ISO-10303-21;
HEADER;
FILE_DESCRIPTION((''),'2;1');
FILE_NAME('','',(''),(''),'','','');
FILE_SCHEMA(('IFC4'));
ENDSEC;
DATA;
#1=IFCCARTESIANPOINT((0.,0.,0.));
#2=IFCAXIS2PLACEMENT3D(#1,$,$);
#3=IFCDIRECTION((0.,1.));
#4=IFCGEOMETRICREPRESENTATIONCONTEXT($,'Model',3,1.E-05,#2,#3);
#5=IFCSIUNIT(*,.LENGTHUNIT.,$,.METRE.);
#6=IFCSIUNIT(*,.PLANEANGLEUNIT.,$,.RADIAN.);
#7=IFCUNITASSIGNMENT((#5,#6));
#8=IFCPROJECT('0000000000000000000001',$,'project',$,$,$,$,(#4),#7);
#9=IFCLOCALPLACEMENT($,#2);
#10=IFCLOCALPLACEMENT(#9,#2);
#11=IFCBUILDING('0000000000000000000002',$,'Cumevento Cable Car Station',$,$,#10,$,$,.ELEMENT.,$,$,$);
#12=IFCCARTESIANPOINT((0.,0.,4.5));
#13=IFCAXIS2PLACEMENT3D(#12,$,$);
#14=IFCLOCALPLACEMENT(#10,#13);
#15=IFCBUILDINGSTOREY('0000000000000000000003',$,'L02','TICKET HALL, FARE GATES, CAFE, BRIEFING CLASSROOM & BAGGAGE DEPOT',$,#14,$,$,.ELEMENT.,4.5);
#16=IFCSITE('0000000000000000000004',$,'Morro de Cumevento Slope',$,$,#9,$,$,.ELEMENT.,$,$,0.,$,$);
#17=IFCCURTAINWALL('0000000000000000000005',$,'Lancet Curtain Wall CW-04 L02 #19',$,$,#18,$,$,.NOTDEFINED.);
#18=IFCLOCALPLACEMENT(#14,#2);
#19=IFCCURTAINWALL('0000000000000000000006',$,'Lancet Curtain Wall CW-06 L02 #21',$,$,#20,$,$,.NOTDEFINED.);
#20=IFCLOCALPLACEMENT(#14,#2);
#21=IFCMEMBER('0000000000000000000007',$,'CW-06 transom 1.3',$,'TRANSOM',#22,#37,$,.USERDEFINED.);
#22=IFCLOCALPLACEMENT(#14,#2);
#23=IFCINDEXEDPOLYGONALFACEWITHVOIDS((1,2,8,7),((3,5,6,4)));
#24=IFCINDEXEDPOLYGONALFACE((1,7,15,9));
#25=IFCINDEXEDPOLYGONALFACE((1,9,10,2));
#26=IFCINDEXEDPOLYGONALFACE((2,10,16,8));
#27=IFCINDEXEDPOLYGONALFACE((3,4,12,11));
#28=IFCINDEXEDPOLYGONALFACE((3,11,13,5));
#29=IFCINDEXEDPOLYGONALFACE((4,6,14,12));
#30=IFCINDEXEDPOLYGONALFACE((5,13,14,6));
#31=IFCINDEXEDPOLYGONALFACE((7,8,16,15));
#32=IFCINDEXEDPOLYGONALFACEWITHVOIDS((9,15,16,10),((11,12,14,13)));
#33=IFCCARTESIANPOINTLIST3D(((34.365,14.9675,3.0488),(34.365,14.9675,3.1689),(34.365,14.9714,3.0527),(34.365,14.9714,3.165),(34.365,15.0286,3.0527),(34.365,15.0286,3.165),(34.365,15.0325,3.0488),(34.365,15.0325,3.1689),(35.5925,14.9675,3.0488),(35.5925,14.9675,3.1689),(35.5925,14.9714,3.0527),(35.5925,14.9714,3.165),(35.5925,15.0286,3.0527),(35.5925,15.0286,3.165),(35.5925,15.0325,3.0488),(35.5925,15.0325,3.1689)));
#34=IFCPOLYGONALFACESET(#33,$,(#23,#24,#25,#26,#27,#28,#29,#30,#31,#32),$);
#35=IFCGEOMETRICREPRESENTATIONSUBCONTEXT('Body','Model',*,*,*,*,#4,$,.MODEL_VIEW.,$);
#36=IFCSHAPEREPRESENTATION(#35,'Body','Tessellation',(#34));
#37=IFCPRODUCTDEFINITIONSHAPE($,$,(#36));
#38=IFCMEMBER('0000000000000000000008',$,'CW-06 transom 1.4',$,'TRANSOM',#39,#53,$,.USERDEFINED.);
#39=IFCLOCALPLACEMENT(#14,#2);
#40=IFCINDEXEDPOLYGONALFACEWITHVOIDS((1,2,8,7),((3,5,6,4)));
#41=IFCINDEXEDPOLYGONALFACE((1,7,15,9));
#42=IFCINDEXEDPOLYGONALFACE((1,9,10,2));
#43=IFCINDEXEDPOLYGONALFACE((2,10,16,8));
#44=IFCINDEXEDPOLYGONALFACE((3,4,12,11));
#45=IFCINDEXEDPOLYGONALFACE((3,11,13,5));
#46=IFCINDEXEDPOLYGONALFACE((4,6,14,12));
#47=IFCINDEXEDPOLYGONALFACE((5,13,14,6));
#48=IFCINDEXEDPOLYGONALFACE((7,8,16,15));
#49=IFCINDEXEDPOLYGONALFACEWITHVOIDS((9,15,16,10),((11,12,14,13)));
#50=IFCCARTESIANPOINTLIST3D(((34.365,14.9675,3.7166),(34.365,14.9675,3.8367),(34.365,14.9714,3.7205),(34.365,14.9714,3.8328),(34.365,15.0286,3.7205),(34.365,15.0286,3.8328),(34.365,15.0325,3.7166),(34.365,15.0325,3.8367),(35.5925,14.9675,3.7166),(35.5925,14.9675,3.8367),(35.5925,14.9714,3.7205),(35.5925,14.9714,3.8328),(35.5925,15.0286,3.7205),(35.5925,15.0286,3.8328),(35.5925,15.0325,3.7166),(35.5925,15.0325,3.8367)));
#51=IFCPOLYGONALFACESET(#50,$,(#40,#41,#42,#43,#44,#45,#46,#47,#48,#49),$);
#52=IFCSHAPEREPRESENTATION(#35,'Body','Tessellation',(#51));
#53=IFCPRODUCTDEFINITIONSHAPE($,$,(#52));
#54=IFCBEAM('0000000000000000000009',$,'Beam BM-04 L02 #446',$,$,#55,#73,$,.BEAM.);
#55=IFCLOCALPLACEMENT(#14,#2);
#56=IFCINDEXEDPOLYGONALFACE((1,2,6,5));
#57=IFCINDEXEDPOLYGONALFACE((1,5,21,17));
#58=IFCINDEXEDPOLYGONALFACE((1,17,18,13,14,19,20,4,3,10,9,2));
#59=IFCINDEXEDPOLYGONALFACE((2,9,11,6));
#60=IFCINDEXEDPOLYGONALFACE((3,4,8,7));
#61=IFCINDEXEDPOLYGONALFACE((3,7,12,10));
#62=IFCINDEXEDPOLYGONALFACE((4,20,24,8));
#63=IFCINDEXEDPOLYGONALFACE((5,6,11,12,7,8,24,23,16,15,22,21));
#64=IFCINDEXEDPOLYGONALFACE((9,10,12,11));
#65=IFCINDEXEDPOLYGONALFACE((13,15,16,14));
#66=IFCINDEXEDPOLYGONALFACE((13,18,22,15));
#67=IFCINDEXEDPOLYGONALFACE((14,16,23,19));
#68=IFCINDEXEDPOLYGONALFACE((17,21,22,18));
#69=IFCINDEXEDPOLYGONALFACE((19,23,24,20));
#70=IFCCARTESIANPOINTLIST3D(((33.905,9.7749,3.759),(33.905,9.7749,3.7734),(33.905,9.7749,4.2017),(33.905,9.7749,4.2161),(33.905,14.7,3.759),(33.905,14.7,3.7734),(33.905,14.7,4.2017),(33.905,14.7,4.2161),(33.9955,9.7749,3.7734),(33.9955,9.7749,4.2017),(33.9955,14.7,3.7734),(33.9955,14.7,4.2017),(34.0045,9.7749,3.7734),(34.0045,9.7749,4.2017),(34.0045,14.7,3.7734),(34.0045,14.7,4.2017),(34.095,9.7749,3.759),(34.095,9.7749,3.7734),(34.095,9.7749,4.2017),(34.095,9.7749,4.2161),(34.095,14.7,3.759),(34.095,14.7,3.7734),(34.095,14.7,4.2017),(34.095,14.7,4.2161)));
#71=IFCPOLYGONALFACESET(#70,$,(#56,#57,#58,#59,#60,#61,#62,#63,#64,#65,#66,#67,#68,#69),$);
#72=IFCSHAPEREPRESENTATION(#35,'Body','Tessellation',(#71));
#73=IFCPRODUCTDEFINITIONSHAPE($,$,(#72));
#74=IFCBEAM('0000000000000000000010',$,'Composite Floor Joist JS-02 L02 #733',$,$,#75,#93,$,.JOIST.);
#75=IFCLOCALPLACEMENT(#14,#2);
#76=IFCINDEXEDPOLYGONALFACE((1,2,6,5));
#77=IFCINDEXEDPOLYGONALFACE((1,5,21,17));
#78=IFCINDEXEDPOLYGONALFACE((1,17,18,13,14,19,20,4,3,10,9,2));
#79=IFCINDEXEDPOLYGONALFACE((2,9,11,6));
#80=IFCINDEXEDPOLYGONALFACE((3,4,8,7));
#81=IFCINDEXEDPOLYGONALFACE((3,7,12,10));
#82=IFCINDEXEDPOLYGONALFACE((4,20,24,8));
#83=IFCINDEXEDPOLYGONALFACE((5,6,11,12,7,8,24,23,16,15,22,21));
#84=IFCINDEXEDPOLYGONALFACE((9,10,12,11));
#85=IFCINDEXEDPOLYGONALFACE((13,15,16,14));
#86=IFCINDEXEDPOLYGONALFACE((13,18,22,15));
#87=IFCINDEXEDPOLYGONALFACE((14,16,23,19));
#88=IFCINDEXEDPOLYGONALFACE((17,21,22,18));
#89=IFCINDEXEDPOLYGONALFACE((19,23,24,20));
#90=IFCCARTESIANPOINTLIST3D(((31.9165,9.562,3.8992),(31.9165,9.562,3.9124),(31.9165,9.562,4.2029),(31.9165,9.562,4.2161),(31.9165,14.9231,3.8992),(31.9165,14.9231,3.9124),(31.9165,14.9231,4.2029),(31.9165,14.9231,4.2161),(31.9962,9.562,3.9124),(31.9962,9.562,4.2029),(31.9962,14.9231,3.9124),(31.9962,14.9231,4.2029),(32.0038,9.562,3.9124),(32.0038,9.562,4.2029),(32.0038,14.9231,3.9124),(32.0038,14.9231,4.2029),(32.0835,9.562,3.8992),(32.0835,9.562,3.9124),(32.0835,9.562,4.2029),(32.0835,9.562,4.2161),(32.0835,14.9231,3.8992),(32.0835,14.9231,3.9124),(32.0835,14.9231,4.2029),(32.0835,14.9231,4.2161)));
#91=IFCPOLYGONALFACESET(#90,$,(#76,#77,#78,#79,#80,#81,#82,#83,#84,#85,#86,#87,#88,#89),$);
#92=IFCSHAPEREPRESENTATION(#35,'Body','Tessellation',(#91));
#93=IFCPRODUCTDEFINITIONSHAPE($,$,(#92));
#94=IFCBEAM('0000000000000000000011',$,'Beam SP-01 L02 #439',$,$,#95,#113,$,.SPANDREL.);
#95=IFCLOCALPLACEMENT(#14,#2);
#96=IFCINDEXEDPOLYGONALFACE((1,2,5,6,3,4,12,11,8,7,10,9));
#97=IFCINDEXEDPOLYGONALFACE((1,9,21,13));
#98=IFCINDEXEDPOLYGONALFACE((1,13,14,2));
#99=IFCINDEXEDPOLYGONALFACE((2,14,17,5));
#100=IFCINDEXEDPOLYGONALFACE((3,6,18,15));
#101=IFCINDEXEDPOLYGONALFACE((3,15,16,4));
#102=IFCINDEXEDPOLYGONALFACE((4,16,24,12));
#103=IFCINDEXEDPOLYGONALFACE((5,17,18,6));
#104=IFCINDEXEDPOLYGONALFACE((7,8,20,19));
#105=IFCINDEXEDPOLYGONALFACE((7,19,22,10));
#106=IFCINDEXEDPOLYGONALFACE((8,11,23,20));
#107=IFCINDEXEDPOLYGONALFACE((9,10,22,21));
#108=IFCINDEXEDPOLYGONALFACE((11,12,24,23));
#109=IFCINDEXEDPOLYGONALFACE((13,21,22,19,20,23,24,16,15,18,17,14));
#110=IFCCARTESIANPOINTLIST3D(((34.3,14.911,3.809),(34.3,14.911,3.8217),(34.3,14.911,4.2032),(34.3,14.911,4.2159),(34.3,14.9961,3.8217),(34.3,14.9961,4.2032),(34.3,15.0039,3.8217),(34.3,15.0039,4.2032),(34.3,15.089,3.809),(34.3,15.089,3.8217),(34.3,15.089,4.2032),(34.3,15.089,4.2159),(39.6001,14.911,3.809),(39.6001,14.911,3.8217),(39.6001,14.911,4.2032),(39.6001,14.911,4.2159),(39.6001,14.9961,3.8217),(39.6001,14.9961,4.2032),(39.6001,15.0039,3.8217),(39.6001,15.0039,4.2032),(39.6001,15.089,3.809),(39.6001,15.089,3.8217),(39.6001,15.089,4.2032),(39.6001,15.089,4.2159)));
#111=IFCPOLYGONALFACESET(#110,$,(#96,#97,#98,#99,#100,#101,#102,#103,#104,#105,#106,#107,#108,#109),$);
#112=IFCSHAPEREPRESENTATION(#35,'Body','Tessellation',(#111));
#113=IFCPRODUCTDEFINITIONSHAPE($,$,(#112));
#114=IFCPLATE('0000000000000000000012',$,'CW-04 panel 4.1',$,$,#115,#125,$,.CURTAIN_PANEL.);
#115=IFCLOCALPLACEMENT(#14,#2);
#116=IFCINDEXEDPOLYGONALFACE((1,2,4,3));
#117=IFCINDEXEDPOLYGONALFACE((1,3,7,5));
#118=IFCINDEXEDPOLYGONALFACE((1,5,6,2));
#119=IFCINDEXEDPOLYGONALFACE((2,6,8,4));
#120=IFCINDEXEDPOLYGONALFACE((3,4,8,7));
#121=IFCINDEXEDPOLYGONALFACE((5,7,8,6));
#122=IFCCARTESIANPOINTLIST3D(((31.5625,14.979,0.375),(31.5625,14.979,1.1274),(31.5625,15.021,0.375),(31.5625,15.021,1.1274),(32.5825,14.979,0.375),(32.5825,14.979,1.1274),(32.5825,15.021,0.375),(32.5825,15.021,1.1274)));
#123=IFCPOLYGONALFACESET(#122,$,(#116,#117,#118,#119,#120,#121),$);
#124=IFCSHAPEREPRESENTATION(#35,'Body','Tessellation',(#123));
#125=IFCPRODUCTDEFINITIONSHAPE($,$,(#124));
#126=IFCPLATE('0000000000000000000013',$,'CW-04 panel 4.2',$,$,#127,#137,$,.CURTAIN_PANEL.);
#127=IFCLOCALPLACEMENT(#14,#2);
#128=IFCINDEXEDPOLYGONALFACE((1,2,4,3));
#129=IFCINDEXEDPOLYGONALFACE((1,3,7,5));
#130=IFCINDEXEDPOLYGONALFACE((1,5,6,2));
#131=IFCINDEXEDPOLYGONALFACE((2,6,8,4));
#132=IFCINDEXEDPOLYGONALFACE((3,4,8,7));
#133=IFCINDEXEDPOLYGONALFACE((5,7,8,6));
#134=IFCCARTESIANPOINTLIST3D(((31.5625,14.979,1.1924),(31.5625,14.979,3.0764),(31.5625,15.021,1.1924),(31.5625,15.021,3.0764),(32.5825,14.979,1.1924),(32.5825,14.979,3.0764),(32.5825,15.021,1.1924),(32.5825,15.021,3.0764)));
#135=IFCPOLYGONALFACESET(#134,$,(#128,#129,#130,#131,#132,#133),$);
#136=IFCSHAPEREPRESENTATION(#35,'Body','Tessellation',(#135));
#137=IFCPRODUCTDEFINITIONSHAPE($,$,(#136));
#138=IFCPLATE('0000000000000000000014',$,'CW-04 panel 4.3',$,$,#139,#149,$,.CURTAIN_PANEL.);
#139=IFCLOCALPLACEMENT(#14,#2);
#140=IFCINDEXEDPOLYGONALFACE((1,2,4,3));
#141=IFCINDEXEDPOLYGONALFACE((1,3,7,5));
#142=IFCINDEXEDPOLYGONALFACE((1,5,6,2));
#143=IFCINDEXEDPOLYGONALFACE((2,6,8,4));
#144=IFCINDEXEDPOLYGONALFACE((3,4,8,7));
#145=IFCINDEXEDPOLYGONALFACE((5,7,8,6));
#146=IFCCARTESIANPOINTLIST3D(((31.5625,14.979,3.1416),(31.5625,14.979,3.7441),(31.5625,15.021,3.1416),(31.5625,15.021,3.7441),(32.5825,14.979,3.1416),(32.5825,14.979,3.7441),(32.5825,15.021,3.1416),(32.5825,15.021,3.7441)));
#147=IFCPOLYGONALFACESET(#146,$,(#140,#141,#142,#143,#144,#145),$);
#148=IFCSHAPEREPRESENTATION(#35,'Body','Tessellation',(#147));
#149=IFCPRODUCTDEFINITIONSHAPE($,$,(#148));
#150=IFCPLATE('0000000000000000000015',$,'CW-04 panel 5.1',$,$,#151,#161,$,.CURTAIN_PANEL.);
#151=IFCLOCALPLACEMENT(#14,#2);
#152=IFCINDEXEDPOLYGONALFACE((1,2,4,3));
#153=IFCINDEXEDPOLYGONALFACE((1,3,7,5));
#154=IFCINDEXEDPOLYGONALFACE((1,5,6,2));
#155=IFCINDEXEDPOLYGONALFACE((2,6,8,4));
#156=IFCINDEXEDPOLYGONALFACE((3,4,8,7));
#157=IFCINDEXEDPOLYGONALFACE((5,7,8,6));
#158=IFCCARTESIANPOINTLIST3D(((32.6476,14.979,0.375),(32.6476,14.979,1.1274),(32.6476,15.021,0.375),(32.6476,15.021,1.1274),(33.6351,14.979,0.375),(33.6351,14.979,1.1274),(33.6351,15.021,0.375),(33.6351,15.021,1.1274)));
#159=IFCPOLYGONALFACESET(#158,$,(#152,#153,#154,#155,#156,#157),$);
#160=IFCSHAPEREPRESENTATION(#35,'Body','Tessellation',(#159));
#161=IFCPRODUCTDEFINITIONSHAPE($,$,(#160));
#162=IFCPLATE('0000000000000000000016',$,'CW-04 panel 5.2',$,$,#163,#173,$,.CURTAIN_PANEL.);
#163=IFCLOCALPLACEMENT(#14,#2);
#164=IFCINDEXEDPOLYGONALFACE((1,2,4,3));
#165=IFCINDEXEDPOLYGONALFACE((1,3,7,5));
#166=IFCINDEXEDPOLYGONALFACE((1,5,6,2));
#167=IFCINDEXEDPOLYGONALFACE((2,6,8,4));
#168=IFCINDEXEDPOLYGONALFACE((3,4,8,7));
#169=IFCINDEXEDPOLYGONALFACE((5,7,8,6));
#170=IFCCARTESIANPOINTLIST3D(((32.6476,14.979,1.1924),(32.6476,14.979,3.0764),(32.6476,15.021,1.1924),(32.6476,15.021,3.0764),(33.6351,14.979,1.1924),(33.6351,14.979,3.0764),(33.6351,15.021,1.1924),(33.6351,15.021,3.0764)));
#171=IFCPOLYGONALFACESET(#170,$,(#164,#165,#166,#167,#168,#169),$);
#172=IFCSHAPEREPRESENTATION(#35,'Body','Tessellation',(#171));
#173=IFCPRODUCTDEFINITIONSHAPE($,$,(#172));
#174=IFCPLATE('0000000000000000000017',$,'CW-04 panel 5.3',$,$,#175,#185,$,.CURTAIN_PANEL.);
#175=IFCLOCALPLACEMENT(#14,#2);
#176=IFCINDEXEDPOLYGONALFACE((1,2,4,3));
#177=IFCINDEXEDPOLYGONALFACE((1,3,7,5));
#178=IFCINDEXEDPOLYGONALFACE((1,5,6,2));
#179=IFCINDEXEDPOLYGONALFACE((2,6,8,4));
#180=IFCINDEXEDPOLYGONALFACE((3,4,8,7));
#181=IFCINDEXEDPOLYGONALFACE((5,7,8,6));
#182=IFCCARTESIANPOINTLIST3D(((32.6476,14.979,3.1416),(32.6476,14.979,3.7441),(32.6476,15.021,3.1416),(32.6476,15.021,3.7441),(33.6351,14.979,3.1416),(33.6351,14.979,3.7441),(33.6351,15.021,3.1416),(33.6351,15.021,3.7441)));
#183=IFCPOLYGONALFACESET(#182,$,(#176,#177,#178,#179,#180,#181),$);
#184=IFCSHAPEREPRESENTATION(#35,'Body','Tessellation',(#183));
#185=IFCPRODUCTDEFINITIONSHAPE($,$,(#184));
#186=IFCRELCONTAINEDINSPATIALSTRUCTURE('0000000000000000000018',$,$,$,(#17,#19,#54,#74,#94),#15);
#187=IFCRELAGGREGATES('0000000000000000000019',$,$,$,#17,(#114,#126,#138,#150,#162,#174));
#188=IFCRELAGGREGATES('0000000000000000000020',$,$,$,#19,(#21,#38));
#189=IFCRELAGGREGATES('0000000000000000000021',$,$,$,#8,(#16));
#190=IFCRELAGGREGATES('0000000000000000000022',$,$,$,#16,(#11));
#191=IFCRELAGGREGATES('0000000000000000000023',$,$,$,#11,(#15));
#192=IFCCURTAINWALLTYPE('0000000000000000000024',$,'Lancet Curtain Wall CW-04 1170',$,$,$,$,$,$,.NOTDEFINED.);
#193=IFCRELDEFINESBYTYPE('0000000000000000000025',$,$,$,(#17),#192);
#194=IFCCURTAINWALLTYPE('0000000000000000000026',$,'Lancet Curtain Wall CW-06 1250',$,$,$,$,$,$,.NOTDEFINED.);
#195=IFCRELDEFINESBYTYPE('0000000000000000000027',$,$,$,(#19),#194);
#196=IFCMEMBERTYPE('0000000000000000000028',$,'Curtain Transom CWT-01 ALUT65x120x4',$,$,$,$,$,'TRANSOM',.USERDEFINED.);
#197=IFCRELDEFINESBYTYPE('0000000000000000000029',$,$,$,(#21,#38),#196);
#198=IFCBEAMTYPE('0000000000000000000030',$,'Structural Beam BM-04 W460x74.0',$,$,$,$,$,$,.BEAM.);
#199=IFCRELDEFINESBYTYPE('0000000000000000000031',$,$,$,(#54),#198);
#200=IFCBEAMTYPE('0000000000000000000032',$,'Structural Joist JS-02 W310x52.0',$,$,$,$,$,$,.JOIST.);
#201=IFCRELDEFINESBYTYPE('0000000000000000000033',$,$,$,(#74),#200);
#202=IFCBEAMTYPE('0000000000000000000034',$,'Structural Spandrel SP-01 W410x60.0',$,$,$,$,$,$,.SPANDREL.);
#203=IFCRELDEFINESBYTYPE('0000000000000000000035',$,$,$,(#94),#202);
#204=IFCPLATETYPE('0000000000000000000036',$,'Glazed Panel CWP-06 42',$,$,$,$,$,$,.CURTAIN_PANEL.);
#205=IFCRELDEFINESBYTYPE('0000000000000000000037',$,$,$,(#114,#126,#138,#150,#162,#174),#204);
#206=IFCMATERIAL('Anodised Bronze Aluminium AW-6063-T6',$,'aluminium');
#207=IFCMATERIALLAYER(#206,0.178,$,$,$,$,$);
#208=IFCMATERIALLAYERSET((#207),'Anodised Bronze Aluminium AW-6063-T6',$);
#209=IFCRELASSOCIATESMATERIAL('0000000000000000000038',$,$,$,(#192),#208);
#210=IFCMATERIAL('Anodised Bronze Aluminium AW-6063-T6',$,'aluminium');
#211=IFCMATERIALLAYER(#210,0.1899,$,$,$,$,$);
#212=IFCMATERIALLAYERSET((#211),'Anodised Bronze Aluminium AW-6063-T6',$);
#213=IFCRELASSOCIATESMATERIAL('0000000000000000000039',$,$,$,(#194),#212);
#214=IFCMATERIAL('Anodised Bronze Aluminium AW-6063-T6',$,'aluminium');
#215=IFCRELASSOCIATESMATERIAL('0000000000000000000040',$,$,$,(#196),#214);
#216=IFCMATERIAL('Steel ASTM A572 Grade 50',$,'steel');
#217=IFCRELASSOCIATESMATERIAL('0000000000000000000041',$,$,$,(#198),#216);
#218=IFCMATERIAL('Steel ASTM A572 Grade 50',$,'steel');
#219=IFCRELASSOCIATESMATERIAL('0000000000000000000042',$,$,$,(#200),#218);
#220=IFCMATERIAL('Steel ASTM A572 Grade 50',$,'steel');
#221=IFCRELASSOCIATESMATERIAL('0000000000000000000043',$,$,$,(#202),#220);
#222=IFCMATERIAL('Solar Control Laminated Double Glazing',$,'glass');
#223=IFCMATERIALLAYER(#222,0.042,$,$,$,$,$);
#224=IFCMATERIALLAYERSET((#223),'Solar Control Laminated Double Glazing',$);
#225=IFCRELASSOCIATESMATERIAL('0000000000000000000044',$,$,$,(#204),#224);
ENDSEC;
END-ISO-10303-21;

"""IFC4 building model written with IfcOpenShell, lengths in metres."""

from ifc_helpers import new_model, si_unit, direction, frame, origin, origin_2d, place, context, subcontext, project, spatial, rectangle, hollow_rectangle, i_section, extrude, material, layer, layer_set, material_profile, profile_set, type_object, element, aggregate, save


model = new_model("IFC4")

# Units and contexts
model_context = context("Model", 3, precision=1e-05, world=origin(), true_north=direction((0.0, 1.0)))
body_context = subcontext(model_context, "Body", "Model", "MODEL_VIEW")
ifc_project = project(units=[si_unit("LENGTHUNIT", "METRE"), si_unit("PLANEANGLEUNIT", "RADIAN")], contexts=[model_context])

# Site, building, storey
site_placement = place(None, origin())
site = spatial("IfcSite", under=ifc_project, at=site_placement, Name="Morro de Cumevento Slope", CompositionType="ELEMENT", RefElevation=0.0)
building_placement = place(site_placement, origin())
building = spatial("IfcBuilding", under=site, at=building_placement, Name="Cumevento Cable Car Station", CompositionType="ELEMENT")
storey_placement = place(building_placement, frame((0.0, 0.0, 4.5)))
storey = spatial("IfcBuildingStorey", under=building, at=storey_placement, Name="L02", Description="TICKET HALL, FARE GATES, CAFE, BRIEFING CLASSROOM & BAGGAGE DEPOT", CompositionType="ELEMENT", Elevation=4.5)

# Curtain wall
ifc_material_1 = material(Name="Anodised Bronze Aluminium AW-6063-T6", Category="aluminium")
ifc_layer_1 = layer(ifc_material_1, 0.178)
ifc_layer_set_1 = layer_set([ifc_layer_1], Name="Anodised Bronze Aluminium AW-6063-T6")
curtain_wall_type_1 = type_object("IfcCurtainWallType", Name="Lancet Curtain Wall CW-04 1170", PredefinedType="NOTDEFINED", material=ifc_layer_set_1)
curtain_wall_1_placement = place(storey_placement, origin())
curtain_wall_1 = element("IfcCurtainWall", 1, at=curtain_wall_1_placement, inside=storey, type_object=curtain_wall_type_1, Name="Lancet Curtain Wall CW-04 L02 #19", PredefinedType="NOTDEFINED")

# Curtain wall
ifc_material_2 = material(Name="Anodised Bronze Aluminium AW-6063-T6", Category="aluminium")
ifc_layer_2 = layer(ifc_material_2, 0.1899)
ifc_layer_set_2 = layer_set([ifc_layer_2], Name="Anodised Bronze Aluminium AW-6063-T6")
curtain_wall_type_2 = type_object("IfcCurtainWallType", Name="Lancet Curtain Wall CW-06 1250", PredefinedType="NOTDEFINED", material=ifc_layer_set_2)
curtain_wall_2_placement = place(storey_placement, origin())
curtain_wall_2 = element("IfcCurtainWall", 2, at=curtain_wall_2_placement, inside=storey, type_object=curtain_wall_type_2, Name="Lancet Curtain Wall CW-06 L02 #21", PredefinedType="NOTDEFINED")

# Members
ifc_material_3 = material(Name="Anodised Bronze Aluminium AW-6063-T6", Category="aluminium")
ifc_material_profile_1 = material_profile(ifc_material_3, hollow_rectangle(XDim=0.0649, YDim=0.1201, WallThickness=0.0039, at=origin_2d()), Name="ALUT65x120x4")
ifc_profile_set_1 = profile_set([ifc_material_profile_1], Name="Anodised Bronze Aluminium AW-6063-T6")
member_type_1 = type_object("IfcMemberType", Name="Curtain Transom CWT-01 ALUT65x120x4", ElementType="TRANSOM", PredefinedType="USERDEFINED", material=ifc_profile_set_1)
member_1_placement = place(storey_placement, frame((34.365, 15.0, 3.1089), z_axis=(1.0, 0.0, 0.0), x_axis=(0.0, 1.0, 0.0)))
member_1 = element("IfcMember", 3, at=member_1_placement, type_object=member_type_1, Name="CW-06 transom 1.3", ObjectType="TRANSOM", PredefinedType="USERDEFINED", context=body_context, shape_type="SweptSolid", body=[
    extrude(hollow_rectangle(XDim=0.0649, YDim=0.1201, WallThickness=0.0039, at=origin_2d()), origin(), (0.0, 0.0, 1.0), 1.2275),
])
member_2_placement = place(storey_placement, frame((34.365, 15.0, 3.7766), z_axis=(1.0, 0.0, 0.0), x_axis=(0.0, 1.0, 0.0)))
member_2 = element("IfcMember", 4, at=member_2_placement, type_object=member_type_1, Name="CW-06 transom 1.4", ObjectType="TRANSOM", PredefinedType="USERDEFINED", context=body_context, shape_type="SweptSolid", body=[
    extrude(hollow_rectangle(XDim=0.0649, YDim=0.1201, WallThickness=0.0039, at=origin_2d()), origin(), (0.0, 0.0, 1.0), 1.2275),
])

# Beams
ifc_material_4 = material(Name="Steel ASTM A572 Grade 50", Category="steel")
ifc_material_profile_2 = material_profile(ifc_material_4, i_section(OverallWidth=0.1899, OverallDepth=0.457, WebThickness=0.009, FlangeThickness=0.0144, at=origin_2d()), Name="W460x74.0")
ifc_profile_set_2 = profile_set([ifc_material_profile_2], Name="Steel ASTM A572 Grade 50")
beam_type_1 = type_object("IfcBeamType", Name="Structural Beam BM-04 W460x74.0", PredefinedType="BEAM", material=ifc_profile_set_2)
beam_1_placement = place(storey_placement, frame((34.0, 9.7749, 3.9875), z_axis=(0.0, 1.0, 0.0), x_axis=(-1.0, 0.0, 0.0)))
element("IfcBeam", 5, at=beam_1_placement, inside=storey, type_object=beam_type_1, Name="Beam BM-04 L02 #446", PredefinedType="BEAM", context=body_context, shape_type="SweptSolid", body=[
    extrude(i_section(OverallWidth=0.1899, OverallDepth=0.457, WebThickness=0.009, FlangeThickness=0.0144, at=origin_2d()), origin(), (0.0, 0.0, 1.0), 4.925),
])
ifc_material_5 = material(Name="Steel ASTM A572 Grade 50", Category="steel")
ifc_material_profile_3 = material_profile(ifc_material_5, i_section(OverallWidth=0.167, OverallDepth=0.3169, WebThickness=0.0076, FlangeThickness=0.0132, at=origin_2d()), Name="W310x52.0")
ifc_profile_set_3 = profile_set([ifc_material_profile_3], Name="Steel ASTM A572 Grade 50")
beam_type_2 = type_object("IfcBeamType", Name="Structural Joist JS-02 W310x52.0", PredefinedType="JOIST", material=ifc_profile_set_3)
beam_2_placement = place(storey_placement, frame((32.0, 9.562, 4.0576), z_axis=(0.0, 1.0, 0.0), x_axis=(-1.0, 0.0, 0.0)))
element("IfcBeam", 6, at=beam_2_placement, inside=storey, type_object=beam_type_2, Name="Composite Floor Joist JS-02 L02 #733", PredefinedType="JOIST", context=body_context, shape_type="SweptSolid", body=[
    extrude(i_section(OverallWidth=0.167, OverallDepth=0.3169, WebThickness=0.0076, FlangeThickness=0.0132, at=origin_2d()), origin(), (0.0, 0.0, 1.0), 5.3611),
])
ifc_material_6 = material(Name="Steel ASTM A572 Grade 50", Category="steel")
ifc_material_profile_4 = material_profile(ifc_material_6, i_section(OverallWidth=0.178, OverallDepth=0.407, WebThickness=0.0078, FlangeThickness=0.0127, at=origin_2d()), Name="W410x60.0")
ifc_profile_set_4 = profile_set([ifc_material_profile_4], Name="Steel ASTM A572 Grade 50")
beam_type_3 = type_object("IfcBeamType", Name="Structural Spandrel SP-01 W410x60.0", PredefinedType="SPANDREL", material=ifc_profile_set_4)
beam_3_placement = place(storey_placement, frame((34.3, 15.0, 4.0125), z_axis=(1.0, 0.0, 0.0), x_axis=(0.0, 1.0, 0.0)))
element("IfcBeam", 7, at=beam_3_placement, inside=storey, type_object=beam_type_3, Name="Beam SP-01 L02 #439", PredefinedType="SPANDREL", context=body_context, shape_type="SweptSolid", body=[
    extrude(i_section(OverallWidth=0.178, OverallDepth=0.407, WebThickness=0.0078, FlangeThickness=0.0127, at=origin_2d()), origin(), (0.0, 0.0, 1.0), 5.3),
])

# Plates
ifc_material_7 = material(Name="Solar Control Laminated Double Glazing", Category="glass")
ifc_layer_3 = layer(ifc_material_7, 0.042)
ifc_layer_set_3 = layer_set([ifc_layer_3], Name="Solar Control Laminated Double Glazing")
plate_type_1 = type_object("IfcPlateType", Name="Glazed Panel CWP-06 42", PredefinedType="CURTAIN_PANEL", material=ifc_layer_set_3)
plate_1_placement = place(storey_placement, frame((32.0725, 15.0, 0.375), z_axis=(0.0, 0.0, 1.0), x_axis=(1.0, 0.0, 0.0)))
plate_1 = element("IfcPlate", 8, at=plate_1_placement, type_object=plate_type_1, Name="CW-04 panel 4.1", PredefinedType="CURTAIN_PANEL", context=body_context, shape_type="SweptSolid", body=[
    extrude(rectangle(XDim=1.02, YDim=0.042, at=origin_2d()), origin(), (0.0, 0.0, 1.0), 0.7524),
])
plate_2_placement = place(storey_placement, frame((32.0725, 15.0, 1.1924), z_axis=(0.0, 0.0, 1.0), x_axis=(1.0, 0.0, 0.0)))
plate_2 = element("IfcPlate", 9, at=plate_2_placement, type_object=plate_type_1, Name="CW-04 panel 4.2", PredefinedType="CURTAIN_PANEL", context=body_context, shape_type="SweptSolid", body=[
    extrude(rectangle(XDim=1.02, YDim=0.042, at=origin_2d()), origin(), (0.0, 0.0, 1.0), 1.884),
])
plate_3_placement = place(storey_placement, frame((32.0725, 15.0, 3.1416), z_axis=(0.0, 0.0, 1.0), x_axis=(1.0, 0.0, 0.0)))
plate_3 = element("IfcPlate", 10, at=plate_3_placement, type_object=plate_type_1, Name="CW-04 panel 4.3", PredefinedType="CURTAIN_PANEL", context=body_context, shape_type="SweptSolid", body=[
    extrude(rectangle(XDim=1.02, YDim=0.042, at=origin_2d()), origin(), (0.0, 0.0, 1.0), 0.6025),
])
plate_4_placement = place(storey_placement, frame((33.1414, 15.0, 0.375), z_axis=(0.0, 0.0, 1.0), x_axis=(1.0, 0.0, 0.0)))
plate_4 = element("IfcPlate", 11, at=plate_4_placement, type_object=plate_type_1, Name="CW-04 panel 5.1", PredefinedType="CURTAIN_PANEL", context=body_context, shape_type="SweptSolid", body=[
    extrude(rectangle(XDim=0.9875, YDim=0.042, at=origin_2d()), origin(), (0.0, 0.0, 1.0), 0.7524),
])
plate_5_placement = place(storey_placement, frame((33.1414, 15.0, 1.1924), z_axis=(0.0, 0.0, 1.0), x_axis=(1.0, 0.0, 0.0)))
plate_5 = element("IfcPlate", 12, at=plate_5_placement, type_object=plate_type_1, Name="CW-04 panel 5.2", PredefinedType="CURTAIN_PANEL", context=body_context, shape_type="SweptSolid", body=[
    extrude(rectangle(XDim=0.9875, YDim=0.042, at=origin_2d()), origin(), (0.0, 0.0, 1.0), 1.884),
])
plate_6_placement = place(storey_placement, frame((33.1414, 15.0, 3.1416), z_axis=(0.0, 0.0, 1.0), x_axis=(1.0, 0.0, 0.0)))
plate_6 = element("IfcPlate", 13, at=plate_6_placement, type_object=plate_type_1, Name="CW-04 panel 5.3", PredefinedType="CURTAIN_PANEL", context=body_context, shape_type="SweptSolid", body=[
    extrude(rectangle(XDim=0.9875, YDim=0.042, at=origin_2d()), origin(), (0.0, 0.0, 1.0), 0.6025),
])
aggregate(curtain_wall_1, [plate_1, plate_2, plate_3, plate_4, plate_5, plate_6])
aggregate(curtain_wall_2, [member_1, member_2])

save(model, "model.ifc")
